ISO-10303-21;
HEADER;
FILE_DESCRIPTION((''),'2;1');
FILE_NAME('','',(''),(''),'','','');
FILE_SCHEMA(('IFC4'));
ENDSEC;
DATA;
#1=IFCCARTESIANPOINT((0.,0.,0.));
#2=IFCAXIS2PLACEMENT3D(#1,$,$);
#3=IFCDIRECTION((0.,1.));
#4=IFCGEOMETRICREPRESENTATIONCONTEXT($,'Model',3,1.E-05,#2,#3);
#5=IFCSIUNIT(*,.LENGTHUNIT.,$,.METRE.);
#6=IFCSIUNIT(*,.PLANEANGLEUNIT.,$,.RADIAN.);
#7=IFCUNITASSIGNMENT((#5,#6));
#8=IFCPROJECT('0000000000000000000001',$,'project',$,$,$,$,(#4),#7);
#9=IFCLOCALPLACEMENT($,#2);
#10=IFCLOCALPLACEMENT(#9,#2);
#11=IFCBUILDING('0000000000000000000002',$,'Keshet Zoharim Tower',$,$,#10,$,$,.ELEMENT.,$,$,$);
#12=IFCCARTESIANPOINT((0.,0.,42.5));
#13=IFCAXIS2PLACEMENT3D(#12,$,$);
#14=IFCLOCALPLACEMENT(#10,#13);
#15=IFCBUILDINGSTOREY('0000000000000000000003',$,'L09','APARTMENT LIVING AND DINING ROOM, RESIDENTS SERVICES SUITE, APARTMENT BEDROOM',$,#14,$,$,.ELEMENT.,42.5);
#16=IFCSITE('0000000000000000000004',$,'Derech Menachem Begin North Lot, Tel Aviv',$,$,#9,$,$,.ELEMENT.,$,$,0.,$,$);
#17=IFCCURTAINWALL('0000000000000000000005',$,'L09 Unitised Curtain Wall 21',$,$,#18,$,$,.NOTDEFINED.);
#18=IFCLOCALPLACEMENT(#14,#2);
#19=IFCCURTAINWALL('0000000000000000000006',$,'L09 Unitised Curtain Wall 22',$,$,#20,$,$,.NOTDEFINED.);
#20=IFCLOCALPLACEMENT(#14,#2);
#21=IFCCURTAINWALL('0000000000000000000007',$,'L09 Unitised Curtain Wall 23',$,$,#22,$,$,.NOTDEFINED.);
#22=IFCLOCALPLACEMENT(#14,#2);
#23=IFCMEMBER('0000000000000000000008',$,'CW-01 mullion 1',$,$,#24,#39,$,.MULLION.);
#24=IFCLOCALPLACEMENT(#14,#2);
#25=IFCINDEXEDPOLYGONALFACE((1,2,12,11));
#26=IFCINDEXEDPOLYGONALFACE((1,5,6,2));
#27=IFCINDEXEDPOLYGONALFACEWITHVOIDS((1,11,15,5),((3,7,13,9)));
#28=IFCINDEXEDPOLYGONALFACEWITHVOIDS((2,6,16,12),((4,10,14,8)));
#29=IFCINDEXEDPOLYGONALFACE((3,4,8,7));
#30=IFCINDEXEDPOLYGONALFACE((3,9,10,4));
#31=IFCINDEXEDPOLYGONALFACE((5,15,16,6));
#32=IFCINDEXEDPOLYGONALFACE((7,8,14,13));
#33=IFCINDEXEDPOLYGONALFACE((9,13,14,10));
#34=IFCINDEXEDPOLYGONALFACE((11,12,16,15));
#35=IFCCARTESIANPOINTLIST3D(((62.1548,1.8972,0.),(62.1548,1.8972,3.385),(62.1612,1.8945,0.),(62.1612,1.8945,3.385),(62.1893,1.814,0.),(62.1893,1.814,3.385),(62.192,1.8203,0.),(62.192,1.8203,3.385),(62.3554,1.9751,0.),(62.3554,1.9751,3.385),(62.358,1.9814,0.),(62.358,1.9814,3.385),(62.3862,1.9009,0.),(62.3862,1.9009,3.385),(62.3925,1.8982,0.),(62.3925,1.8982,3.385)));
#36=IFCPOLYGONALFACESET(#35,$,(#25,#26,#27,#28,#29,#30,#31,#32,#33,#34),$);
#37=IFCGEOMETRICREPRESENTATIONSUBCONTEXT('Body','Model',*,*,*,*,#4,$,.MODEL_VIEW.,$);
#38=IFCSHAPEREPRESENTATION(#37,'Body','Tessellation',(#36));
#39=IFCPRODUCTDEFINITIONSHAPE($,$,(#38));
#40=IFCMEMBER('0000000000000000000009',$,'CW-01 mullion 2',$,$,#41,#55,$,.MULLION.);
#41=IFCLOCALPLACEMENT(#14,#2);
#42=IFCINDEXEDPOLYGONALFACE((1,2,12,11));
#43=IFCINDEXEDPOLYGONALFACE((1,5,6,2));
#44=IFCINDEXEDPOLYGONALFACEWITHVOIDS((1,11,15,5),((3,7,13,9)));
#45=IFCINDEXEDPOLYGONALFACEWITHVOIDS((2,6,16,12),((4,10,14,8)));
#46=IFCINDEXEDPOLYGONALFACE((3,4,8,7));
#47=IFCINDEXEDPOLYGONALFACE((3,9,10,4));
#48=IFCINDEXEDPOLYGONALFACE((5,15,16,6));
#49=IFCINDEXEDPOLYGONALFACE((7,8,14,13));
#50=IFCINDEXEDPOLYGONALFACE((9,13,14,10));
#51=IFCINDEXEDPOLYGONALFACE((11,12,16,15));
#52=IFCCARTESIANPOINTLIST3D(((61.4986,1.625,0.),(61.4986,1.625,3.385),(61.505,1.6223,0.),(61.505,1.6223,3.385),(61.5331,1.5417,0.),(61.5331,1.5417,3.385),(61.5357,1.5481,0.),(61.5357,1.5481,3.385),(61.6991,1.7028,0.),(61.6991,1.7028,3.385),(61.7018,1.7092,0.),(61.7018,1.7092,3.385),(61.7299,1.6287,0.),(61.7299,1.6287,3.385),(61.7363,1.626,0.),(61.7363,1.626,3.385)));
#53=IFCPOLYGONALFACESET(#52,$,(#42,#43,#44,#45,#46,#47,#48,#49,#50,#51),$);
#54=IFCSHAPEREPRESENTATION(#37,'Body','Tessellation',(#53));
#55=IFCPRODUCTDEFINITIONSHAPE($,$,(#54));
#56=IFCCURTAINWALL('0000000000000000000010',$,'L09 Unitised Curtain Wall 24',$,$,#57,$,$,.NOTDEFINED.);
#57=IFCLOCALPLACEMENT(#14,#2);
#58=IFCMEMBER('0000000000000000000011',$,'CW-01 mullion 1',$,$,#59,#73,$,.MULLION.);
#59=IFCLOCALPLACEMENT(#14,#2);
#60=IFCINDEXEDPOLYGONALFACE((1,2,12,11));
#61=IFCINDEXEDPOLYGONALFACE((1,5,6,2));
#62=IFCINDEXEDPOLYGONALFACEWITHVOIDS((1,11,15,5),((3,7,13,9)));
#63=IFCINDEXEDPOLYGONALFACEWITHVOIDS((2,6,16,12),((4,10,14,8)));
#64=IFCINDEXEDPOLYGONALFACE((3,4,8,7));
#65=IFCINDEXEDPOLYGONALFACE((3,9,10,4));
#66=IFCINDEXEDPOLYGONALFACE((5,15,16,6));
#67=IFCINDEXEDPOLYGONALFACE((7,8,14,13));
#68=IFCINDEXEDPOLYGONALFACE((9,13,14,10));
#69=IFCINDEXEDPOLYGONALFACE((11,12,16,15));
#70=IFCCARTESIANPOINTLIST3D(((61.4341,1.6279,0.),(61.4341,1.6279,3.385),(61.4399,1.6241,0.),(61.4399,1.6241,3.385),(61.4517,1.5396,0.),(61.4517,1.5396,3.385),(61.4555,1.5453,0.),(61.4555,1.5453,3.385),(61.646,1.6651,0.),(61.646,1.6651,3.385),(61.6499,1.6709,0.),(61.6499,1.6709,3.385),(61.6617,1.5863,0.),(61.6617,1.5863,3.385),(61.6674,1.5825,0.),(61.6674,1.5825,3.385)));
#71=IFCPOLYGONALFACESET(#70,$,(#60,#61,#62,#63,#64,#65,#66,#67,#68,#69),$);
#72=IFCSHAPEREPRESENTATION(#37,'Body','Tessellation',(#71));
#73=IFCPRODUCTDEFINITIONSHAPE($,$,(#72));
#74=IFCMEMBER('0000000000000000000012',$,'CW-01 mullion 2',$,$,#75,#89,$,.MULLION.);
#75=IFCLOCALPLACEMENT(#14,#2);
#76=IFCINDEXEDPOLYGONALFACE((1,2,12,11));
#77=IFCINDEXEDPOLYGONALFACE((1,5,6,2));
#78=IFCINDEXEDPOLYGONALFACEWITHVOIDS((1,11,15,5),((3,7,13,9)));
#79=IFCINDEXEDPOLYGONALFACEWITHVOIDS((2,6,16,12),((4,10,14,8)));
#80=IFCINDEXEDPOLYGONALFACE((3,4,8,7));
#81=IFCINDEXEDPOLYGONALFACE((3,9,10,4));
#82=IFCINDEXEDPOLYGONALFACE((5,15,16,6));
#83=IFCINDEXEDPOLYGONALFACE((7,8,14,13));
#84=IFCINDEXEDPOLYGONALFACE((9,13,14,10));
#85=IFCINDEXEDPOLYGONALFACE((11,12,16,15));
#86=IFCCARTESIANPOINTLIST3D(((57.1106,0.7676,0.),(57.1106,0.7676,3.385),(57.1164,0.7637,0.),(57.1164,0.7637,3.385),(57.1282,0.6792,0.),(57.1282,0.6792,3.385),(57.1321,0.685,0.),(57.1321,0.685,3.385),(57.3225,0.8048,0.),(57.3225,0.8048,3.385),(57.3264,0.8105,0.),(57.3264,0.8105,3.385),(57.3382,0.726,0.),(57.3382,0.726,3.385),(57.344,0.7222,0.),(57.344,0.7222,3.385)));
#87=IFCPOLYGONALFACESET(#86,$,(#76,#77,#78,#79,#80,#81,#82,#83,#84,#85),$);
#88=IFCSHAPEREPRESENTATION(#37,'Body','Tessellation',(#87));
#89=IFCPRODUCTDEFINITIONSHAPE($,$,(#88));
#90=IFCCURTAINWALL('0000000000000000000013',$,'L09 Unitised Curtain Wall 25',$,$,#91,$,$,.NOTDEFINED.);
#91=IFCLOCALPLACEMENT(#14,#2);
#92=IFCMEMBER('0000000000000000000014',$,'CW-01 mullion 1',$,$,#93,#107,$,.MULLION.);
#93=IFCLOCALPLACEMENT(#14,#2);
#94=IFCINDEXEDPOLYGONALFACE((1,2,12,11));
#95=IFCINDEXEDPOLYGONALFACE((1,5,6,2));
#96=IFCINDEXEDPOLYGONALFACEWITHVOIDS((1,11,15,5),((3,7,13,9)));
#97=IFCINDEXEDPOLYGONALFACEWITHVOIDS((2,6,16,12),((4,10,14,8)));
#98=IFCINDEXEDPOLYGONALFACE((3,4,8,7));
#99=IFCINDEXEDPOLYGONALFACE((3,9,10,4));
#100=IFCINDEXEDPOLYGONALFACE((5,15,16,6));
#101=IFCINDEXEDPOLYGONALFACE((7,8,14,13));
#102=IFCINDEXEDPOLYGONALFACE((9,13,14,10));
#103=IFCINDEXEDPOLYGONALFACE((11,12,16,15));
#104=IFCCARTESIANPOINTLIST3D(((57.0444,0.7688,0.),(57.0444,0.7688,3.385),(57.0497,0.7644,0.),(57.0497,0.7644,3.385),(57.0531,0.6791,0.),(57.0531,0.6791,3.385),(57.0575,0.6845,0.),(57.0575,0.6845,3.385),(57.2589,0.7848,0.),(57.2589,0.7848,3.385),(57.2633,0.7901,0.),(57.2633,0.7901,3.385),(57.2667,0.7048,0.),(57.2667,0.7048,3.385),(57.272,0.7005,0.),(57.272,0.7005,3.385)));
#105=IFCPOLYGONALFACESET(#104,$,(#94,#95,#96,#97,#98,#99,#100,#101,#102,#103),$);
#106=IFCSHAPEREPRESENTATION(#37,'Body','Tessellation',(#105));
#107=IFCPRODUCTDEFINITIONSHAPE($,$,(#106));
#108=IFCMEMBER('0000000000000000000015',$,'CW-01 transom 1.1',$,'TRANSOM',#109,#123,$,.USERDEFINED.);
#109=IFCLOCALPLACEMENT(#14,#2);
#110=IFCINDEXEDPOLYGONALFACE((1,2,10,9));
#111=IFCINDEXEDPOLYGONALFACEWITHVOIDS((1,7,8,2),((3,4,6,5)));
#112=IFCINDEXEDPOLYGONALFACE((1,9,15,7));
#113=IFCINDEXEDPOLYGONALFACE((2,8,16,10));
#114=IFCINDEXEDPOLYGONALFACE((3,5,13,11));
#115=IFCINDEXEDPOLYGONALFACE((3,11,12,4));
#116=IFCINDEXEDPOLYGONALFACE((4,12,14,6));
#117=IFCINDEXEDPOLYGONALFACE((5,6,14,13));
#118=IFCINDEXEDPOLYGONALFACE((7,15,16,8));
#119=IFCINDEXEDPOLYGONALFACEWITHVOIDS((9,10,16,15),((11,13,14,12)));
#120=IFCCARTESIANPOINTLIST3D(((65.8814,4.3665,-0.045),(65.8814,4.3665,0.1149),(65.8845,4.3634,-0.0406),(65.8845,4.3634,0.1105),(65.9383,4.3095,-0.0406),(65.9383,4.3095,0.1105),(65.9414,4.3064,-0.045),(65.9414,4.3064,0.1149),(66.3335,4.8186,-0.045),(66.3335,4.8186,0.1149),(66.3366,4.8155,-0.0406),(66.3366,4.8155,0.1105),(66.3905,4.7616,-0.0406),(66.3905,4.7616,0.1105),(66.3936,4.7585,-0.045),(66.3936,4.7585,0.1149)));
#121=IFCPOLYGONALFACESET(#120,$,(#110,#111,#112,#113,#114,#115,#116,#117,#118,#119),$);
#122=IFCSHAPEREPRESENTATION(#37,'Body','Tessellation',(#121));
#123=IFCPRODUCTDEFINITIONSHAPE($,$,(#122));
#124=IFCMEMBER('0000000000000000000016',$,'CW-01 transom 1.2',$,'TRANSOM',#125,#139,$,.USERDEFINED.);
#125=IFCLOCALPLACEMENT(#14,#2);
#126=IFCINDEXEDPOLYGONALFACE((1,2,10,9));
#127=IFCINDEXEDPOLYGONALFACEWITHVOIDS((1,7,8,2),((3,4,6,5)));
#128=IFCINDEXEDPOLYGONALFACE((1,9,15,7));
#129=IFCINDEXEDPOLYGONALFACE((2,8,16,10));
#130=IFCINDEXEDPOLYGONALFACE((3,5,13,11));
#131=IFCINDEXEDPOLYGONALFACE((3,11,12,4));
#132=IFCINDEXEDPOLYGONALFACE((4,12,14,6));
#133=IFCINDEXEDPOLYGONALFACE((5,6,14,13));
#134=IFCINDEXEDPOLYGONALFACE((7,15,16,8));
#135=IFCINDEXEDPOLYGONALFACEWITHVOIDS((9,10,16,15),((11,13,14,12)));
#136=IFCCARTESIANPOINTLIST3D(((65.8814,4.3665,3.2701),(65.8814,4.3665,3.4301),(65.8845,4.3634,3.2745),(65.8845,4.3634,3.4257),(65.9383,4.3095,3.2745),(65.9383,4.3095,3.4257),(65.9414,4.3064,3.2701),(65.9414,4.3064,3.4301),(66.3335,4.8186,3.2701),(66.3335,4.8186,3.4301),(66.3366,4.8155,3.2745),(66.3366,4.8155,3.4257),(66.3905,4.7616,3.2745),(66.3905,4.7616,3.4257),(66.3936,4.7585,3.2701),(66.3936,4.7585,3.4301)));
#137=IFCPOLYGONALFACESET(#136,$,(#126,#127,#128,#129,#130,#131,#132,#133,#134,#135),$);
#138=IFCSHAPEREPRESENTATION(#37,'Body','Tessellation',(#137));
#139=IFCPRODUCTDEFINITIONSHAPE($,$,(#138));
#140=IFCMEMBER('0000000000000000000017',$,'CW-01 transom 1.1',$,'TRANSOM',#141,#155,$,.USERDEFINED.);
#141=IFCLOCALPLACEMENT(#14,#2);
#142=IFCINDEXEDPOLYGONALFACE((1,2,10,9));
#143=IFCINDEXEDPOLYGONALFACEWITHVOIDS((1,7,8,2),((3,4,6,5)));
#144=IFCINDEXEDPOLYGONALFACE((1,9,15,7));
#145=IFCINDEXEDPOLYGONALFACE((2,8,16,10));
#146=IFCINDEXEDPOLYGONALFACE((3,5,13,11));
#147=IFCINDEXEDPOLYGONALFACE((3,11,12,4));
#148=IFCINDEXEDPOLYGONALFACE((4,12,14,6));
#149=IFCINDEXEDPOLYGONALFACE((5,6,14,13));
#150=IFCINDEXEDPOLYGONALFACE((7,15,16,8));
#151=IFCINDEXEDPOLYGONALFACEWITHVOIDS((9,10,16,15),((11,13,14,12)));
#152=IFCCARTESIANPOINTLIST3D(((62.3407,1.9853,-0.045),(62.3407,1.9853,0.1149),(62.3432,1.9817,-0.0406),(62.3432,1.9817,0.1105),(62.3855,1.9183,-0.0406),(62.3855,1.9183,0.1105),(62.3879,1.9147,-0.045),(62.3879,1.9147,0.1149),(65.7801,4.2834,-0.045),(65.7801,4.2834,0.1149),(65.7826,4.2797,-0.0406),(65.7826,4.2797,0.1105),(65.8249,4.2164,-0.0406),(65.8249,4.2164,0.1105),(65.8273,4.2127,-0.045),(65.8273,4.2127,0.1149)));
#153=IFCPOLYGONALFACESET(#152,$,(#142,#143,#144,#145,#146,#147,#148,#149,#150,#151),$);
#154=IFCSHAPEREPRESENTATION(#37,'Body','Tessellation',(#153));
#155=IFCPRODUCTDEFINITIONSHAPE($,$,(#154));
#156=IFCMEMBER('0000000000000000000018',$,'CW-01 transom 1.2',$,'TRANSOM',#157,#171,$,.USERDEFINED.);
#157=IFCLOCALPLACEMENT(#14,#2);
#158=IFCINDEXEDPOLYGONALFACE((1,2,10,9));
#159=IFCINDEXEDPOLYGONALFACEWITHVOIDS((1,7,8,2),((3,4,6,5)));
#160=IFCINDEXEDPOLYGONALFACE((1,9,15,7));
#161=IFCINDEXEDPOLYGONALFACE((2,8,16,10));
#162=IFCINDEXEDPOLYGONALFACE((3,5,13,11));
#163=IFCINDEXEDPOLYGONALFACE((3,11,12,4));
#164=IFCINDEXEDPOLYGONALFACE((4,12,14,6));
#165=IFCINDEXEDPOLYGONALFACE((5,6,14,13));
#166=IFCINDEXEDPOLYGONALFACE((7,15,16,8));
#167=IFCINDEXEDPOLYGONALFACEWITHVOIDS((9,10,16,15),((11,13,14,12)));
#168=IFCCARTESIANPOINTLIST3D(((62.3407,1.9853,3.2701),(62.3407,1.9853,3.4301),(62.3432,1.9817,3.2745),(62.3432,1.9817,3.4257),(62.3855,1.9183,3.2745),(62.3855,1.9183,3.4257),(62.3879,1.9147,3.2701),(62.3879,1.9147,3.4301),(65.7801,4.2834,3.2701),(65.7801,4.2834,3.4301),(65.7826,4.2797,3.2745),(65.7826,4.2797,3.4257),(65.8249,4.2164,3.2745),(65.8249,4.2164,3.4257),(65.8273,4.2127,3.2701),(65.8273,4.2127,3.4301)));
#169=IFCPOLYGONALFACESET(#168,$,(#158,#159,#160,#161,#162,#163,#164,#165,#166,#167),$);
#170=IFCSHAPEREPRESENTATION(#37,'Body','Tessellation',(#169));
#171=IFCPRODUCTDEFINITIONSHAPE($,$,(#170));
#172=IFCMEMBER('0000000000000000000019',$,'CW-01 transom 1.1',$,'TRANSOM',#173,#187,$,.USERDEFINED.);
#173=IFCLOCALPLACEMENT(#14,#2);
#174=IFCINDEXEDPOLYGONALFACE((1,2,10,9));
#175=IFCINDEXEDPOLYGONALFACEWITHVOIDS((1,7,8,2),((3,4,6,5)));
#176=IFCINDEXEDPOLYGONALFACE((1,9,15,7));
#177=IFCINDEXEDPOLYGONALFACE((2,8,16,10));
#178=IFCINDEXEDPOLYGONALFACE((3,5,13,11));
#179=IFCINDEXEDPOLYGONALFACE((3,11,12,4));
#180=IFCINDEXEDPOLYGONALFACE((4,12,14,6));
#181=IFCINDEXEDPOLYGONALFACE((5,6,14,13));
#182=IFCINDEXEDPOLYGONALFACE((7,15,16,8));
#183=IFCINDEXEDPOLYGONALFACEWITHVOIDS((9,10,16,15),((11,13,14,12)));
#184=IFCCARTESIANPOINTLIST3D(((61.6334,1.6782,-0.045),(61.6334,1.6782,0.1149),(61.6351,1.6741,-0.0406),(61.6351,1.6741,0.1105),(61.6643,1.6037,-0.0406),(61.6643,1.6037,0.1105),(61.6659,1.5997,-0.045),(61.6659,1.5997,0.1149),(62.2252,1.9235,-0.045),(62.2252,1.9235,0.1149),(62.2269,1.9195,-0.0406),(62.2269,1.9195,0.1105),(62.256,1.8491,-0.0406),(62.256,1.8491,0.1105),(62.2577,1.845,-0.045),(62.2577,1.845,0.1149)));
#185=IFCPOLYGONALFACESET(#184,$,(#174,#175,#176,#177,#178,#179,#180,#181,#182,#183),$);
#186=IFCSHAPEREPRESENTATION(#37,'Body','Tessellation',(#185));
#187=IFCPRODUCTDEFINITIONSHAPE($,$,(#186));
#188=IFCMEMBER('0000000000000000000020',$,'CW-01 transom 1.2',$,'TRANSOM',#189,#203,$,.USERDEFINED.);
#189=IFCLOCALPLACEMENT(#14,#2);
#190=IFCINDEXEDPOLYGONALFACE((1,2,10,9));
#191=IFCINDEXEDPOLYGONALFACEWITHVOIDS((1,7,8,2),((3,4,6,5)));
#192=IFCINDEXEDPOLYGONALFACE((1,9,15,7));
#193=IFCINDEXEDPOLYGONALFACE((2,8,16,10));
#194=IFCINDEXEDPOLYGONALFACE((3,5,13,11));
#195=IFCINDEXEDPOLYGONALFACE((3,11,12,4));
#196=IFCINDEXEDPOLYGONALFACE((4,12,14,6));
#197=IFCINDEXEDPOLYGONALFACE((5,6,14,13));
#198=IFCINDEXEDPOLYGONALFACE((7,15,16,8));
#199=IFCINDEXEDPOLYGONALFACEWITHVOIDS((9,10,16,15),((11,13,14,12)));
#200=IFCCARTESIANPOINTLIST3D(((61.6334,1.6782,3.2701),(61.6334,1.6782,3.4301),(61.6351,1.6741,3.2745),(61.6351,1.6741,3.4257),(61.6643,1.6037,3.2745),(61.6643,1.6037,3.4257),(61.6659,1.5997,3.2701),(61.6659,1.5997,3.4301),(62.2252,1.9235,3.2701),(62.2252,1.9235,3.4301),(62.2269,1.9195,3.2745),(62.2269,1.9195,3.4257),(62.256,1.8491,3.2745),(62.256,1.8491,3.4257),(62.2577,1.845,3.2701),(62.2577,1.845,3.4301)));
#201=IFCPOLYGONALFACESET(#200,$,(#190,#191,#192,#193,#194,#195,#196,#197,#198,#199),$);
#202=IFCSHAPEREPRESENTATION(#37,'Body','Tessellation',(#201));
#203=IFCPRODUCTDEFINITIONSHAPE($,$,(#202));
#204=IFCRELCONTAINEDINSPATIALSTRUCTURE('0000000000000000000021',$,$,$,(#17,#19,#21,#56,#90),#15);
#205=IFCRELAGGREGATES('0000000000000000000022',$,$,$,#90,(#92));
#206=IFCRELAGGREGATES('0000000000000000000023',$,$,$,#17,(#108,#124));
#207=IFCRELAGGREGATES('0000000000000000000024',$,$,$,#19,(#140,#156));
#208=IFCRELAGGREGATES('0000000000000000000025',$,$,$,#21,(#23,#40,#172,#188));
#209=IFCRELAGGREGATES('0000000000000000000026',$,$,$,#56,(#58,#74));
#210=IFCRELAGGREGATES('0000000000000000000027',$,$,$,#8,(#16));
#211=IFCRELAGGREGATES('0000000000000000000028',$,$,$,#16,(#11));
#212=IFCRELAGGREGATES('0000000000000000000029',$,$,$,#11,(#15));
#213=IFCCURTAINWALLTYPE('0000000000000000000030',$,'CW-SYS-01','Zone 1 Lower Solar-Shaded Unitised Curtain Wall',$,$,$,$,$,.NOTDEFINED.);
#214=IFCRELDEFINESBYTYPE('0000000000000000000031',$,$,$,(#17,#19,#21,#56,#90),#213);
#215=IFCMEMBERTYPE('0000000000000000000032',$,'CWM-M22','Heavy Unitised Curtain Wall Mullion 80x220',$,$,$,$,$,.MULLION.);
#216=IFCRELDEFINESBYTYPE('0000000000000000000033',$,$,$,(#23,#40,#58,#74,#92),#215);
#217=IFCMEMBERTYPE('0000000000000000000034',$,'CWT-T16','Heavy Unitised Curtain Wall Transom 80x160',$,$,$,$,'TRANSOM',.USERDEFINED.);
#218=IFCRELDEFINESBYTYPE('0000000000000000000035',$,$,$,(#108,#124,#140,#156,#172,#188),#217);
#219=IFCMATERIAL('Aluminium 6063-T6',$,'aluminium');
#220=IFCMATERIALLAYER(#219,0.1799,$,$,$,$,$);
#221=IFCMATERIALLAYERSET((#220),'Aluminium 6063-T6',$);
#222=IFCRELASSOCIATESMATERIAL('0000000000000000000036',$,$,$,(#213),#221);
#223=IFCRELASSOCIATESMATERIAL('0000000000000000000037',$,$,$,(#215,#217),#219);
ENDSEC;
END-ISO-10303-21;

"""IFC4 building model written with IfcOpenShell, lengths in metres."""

from ifc_helpers import new_model, si_unit, direction, frame, origin, origin_2d, place, context, subcontext, project, spatial, hollow_rectangle, extrude, material, layer, layer_set, material_profile, profile_set, type_object, element, aggregate, save


model = new_model("IFC4")

# Units and contexts
model_context = context("Model", 3, precision=1e-05, world=origin(), true_north=direction((0.0, 1.0)))
body_context = subcontext(model_context, "Body", "Model", "MODEL_VIEW")
ifc_project = project(units=[si_unit("LENGTHUNIT", "METRE"), si_unit("PLANEANGLEUNIT", "RADIAN")], contexts=[model_context])

# Site, building, storey
site_placement = place(None, origin())
site = spatial("IfcSite", under=ifc_project, at=site_placement, Name="Derech Menachem Begin North Lot, Tel Aviv", CompositionType="ELEMENT", RefElevation=0.0)
building_placement = place(site_placement, origin())
building = spatial("IfcBuilding", under=site, at=building_placement, Name="Keshet Zoharim Tower", CompositionType="ELEMENT")
storey_placement = place(building_placement, frame((0.0, 0.0, 42.5)))
storey = spatial("IfcBuildingStorey", under=building, at=storey_placement, Name="L09", Description="APARTMENT LIVING AND DINING ROOM, RESIDENTS SERVICES SUITE, APARTMENT BEDROOM", CompositionType="ELEMENT", Elevation=42.5)

# Shared definitions
ifc_material_1 = material(Name="Aluminium 6063-T6", Category="aluminium")
ifc_layer_1 = layer(ifc_material_1, 0.1799)
ifc_layer_set_1 = layer_set([ifc_layer_1], Name="Aluminium 6063-T6")
curtain_wall_type = type_object("IfcCurtainWallType", Name="CW-SYS-01", Description="Zone 1 Lower Solar-Shaded Unitised Curtain Wall", PredefinedType="NOTDEFINED", material=ifc_layer_set_1)
ifc_material_profile_1 = material_profile(ifc_material_1, hollow_rectangle(XDim=0.0901, YDim=0.22, WallThickness=0.0049, at=origin_2d()), Name="MUL-90x220")
ifc_profile_set_1 = profile_set([ifc_material_profile_1], Name="Aluminium 6063-T6")
member_type_1 = type_object("IfcMemberType", Name="CWM-M22", Description="Heavy Unitised Curtain Wall Mullion 80x220", PredefinedType="MULLION", material=ifc_profile_set_1)

# Curtain walls, members
curtain_wall_1_placement = place(storey_placement, origin())
curtain_wall_1 = element("IfcCurtainWall", 1, at=curtain_wall_1_placement, inside=storey, type_object=curtain_wall_type, Name="L09 Unitised Curtain Wall 21", PredefinedType="NOTDEFINED")
curtain_wall_2_placement = place(storey_placement, origin())
curtain_wall_2 = element("IfcCurtainWall", 2, at=curtain_wall_2_placement, inside=storey, type_object=curtain_wall_type, Name="L09 Unitised Curtain Wall 22", PredefinedType="NOTDEFINED")
curtain_wall_3_placement = place(storey_placement, origin())
curtain_wall_3 = element("IfcCurtainWall", 3, at=curtain_wall_3_placement, inside=storey, type_object=curtain_wall_type, Name="L09 Unitised Curtain Wall 23", PredefinedType="NOTDEFINED")
member_1_placement = place(storey_placement, frame((62.2737, 1.8977, 0.0), z_axis=(0.0, 0.0, 1.0), x_axis=(0.383068, -0.92372, 0.0)))
member_1 = element("IfcMember", 4, at=member_1_placement, type_object=member_type_1, Name="CW-01 mullion 1", PredefinedType="MULLION", context=body_context, shape_type="SweptSolid", body=[
    extrude(hollow_rectangle(XDim=0.0901, YDim=0.22, WallThickness=0.0049, at=origin_2d()), origin(), (0.0, 0.0, 1.0), 3.385),
])
member_2_placement = place(storey_placement, frame((61.6174, 1.6255, 0.0), z_axis=(0.0, 0.0, 1.0), x_axis=(0.383068, -0.92372, 0.0)))
member_2 = element("IfcMember", 5, at=member_2_placement, type_object=member_type_1, Name="CW-01 mullion 2", PredefinedType="MULLION", context=body_context, shape_type="SweptSolid", body=[
    extrude(hollow_rectangle(XDim=0.0901, YDim=0.22, WallThickness=0.0049, at=origin_2d()), origin(), (0.0, 0.0, 1.0), 3.385),
])
curtain_wall_4_placement = place(storey_placement, origin())
curtain_wall_4 = element("IfcCurtainWall", 6, at=curtain_wall_4_placement, inside=storey, type_object=curtain_wall_type, Name="L09 Unitised Curtain Wall 24", PredefinedType="NOTDEFINED")
member_3_placement = place(storey_placement, frame((61.5508, 1.6052, 0.0), z_axis=(0.0, 0.0, 1.0), x_axis=(0.195171, -0.980769, 0.0)))
member_3 = element("IfcMember", 7, at=member_3_placement, type_object=member_type_1, Name="CW-01 mullion 1", PredefinedType="MULLION", context=body_context, shape_type="SweptSolid", body=[
    extrude(hollow_rectangle(XDim=0.0901, YDim=0.22, WallThickness=0.0049, at=origin_2d()), origin(), (0.0, 0.0, 1.0), 3.385),
])
member_4_placement = place(storey_placement, frame((57.2273, 0.7449, 0.0), z_axis=(0.0, 0.0, 1.0), x_axis=(0.195171, -0.980769, 0.0)))
member_4 = element("IfcMember", 8, at=member_4_placement, type_object=member_type_1, Name="CW-01 mullion 2", PredefinedType="MULLION", context=body_context, shape_type="SweptSolid", body=[
    extrude(hollow_rectangle(XDim=0.0901, YDim=0.22, WallThickness=0.0049, at=origin_2d()), origin(), (0.0, 0.0, 1.0), 3.385),
])

# Curtain wall, member
curtain_wall_5_placement = place(storey_placement, origin())
curtain_wall_5 = element("IfcCurtainWall", 9, at=curtain_wall_5_placement, inside=storey, type_object=curtain_wall_type, Name="L09 Unitised Curtain Wall 25", PredefinedType="NOTDEFINED")
member_5_placement = place(storey_placement, frame((57.1582, 0.7346, 0.0), z_axis=(0.0, 0.0, 1.0), x_axis=(0.096977, -0.995287, 0.0)))
member_5 = element("IfcMember", 10, at=member_5_placement, type_object=member_type_1, Name="CW-01 mullion 1", PredefinedType="MULLION", context=body_context, shape_type="SweptSolid", body=[
    extrude(hollow_rectangle(XDim=0.0901, YDim=0.22, WallThickness=0.0049, at=origin_2d()), origin(), (0.0, 0.0, 1.0), 3.385),
])

# Members
ifc_material_profile_2 = material_profile(ifc_material_1, hollow_rectangle(XDim=0.085, YDim=0.1599, WallThickness=0.0044, at=origin_2d()), Name="TRN-85x160")
ifc_profile_set_2 = profile_set([ifc_material_profile_2], Name="Aluminium 6063-T6")
member_type_2 = type_object("IfcMemberType", Name="CWT-T16", Description="Heavy Unitised Curtain Wall Transom 80x160", ElementType="TRANSOM", PredefinedType="USERDEFINED", material=ifc_profile_set_2)
member_6_placement = place(storey_placement, frame((66.3635, 4.7886, 0.0349), z_axis=(-0.707107, -0.707107, 0.0), x_axis=(0.707107, -0.707107, 0.0)))
member_6 = element("IfcMember", 11, at=member_6_placement, type_object=member_type_2, Name="CW-01 transom 1.1", ObjectType="TRANSOM", PredefinedType="USERDEFINED", context=body_context, shape_type="SweptSolid", body=[
    extrude(hollow_rectangle(XDim=0.085, YDim=0.1599, WallThickness=0.0044, at=origin_2d()), origin(), (0.0, 0.0, 1.0), 0.6394),
])
member_7_placement = place(storey_placement, frame((66.3635, 4.7886, 3.3501), z_axis=(-0.707107, -0.707107, 0.0), x_axis=(0.707107, -0.707107, 0.0)))
member_7 = element("IfcMember", 12, at=member_7_placement, type_object=member_type_2, Name="CW-01 transom 1.2", ObjectType="TRANSOM", PredefinedType="USERDEFINED", context=body_context, shape_type="SweptSolid", body=[
    extrude(hollow_rectangle(XDim=0.085, YDim=0.1599, WallThickness=0.0044, at=origin_2d()), origin(), (0.0, 0.0, 1.0), 0.6394),
])
member_8_placement = place(storey_placement, frame((65.8037, 4.248, 0.0349), z_axis=(-0.831478, -0.555558, 0.0), x_axis=(0.555558, -0.831478, 0.0)))
member_8 = element("IfcMember", 13, at=member_8_placement, type_object=member_type_2, Name="CW-01 transom 1.1", ObjectType="TRANSOM", PredefinedType="USERDEFINED", context=body_context, shape_type="SweptSolid", body=[
    extrude(hollow_rectangle(XDim=0.085, YDim=0.1599, WallThickness=0.0044, at=origin_2d()), origin(), (0.0, 0.0, 1.0), 4.1365),
])
member_9_placement = place(storey_placement, frame((65.8037, 4.248, 3.3501), z_axis=(-0.831478, -0.555558, 0.0), x_axis=(0.555558, -0.831478, 0.0)))
member_9 = element("IfcMember", 14, at=member_9_placement, type_object=member_type_2, Name="CW-01 transom 1.2", ObjectType="TRANSOM", PredefinedType="USERDEFINED", context=body_context, shape_type="SweptSolid", body=[
    extrude(hollow_rectangle(XDim=0.085, YDim=0.1599, WallThickness=0.0044, at=origin_2d()), origin(), (0.0, 0.0, 1.0), 4.1365),
])
member_10_placement = place(storey_placement, frame((62.2415, 1.8843, 0.0349), z_axis=(-0.923752, -0.382991, 0.0), x_axis=(0.382991, -0.923752, 0.0)))
member_10 = element("IfcMember", 15, at=member_10_placement, type_object=member_type_2, Name="CW-01 transom 1.1", ObjectType="TRANSOM", PredefinedType="USERDEFINED", context=body_context, shape_type="SweptSolid", body=[
    extrude(hollow_rectangle(XDim=0.085, YDim=0.1599, WallThickness=0.0044, at=origin_2d()), origin(), (0.0, 0.0, 1.0), 0.6406),
])
member_11_placement = place(storey_placement, frame((62.2415, 1.8843, 3.3501), z_axis=(-0.923752, -0.382991, 0.0), x_axis=(0.382991, -0.923752, 0.0)))
member_11 = element("IfcMember", 16, at=member_11_placement, type_object=member_type_2, Name="CW-01 transom 1.2", ObjectType="TRANSOM", PredefinedType="USERDEFINED", context=body_context, shape_type="SweptSolid", body=[
    extrude(hollow_rectangle(XDim=0.085, YDim=0.1599, WallThickness=0.0044, at=origin_2d()), origin(), (0.0, 0.0, 1.0), 0.6406),
])
aggregate(curtain_wall_5, [member_5])

aggregate(curtain_wall_1, [member_6, member_7])
aggregate(curtain_wall_2, [member_8, member_9])
aggregate(curtain_wall_3, [member_1, member_2, member_10, member_11])
aggregate(curtain_wall_4, [member_3, member_4])

save(model, "model.ifc")
